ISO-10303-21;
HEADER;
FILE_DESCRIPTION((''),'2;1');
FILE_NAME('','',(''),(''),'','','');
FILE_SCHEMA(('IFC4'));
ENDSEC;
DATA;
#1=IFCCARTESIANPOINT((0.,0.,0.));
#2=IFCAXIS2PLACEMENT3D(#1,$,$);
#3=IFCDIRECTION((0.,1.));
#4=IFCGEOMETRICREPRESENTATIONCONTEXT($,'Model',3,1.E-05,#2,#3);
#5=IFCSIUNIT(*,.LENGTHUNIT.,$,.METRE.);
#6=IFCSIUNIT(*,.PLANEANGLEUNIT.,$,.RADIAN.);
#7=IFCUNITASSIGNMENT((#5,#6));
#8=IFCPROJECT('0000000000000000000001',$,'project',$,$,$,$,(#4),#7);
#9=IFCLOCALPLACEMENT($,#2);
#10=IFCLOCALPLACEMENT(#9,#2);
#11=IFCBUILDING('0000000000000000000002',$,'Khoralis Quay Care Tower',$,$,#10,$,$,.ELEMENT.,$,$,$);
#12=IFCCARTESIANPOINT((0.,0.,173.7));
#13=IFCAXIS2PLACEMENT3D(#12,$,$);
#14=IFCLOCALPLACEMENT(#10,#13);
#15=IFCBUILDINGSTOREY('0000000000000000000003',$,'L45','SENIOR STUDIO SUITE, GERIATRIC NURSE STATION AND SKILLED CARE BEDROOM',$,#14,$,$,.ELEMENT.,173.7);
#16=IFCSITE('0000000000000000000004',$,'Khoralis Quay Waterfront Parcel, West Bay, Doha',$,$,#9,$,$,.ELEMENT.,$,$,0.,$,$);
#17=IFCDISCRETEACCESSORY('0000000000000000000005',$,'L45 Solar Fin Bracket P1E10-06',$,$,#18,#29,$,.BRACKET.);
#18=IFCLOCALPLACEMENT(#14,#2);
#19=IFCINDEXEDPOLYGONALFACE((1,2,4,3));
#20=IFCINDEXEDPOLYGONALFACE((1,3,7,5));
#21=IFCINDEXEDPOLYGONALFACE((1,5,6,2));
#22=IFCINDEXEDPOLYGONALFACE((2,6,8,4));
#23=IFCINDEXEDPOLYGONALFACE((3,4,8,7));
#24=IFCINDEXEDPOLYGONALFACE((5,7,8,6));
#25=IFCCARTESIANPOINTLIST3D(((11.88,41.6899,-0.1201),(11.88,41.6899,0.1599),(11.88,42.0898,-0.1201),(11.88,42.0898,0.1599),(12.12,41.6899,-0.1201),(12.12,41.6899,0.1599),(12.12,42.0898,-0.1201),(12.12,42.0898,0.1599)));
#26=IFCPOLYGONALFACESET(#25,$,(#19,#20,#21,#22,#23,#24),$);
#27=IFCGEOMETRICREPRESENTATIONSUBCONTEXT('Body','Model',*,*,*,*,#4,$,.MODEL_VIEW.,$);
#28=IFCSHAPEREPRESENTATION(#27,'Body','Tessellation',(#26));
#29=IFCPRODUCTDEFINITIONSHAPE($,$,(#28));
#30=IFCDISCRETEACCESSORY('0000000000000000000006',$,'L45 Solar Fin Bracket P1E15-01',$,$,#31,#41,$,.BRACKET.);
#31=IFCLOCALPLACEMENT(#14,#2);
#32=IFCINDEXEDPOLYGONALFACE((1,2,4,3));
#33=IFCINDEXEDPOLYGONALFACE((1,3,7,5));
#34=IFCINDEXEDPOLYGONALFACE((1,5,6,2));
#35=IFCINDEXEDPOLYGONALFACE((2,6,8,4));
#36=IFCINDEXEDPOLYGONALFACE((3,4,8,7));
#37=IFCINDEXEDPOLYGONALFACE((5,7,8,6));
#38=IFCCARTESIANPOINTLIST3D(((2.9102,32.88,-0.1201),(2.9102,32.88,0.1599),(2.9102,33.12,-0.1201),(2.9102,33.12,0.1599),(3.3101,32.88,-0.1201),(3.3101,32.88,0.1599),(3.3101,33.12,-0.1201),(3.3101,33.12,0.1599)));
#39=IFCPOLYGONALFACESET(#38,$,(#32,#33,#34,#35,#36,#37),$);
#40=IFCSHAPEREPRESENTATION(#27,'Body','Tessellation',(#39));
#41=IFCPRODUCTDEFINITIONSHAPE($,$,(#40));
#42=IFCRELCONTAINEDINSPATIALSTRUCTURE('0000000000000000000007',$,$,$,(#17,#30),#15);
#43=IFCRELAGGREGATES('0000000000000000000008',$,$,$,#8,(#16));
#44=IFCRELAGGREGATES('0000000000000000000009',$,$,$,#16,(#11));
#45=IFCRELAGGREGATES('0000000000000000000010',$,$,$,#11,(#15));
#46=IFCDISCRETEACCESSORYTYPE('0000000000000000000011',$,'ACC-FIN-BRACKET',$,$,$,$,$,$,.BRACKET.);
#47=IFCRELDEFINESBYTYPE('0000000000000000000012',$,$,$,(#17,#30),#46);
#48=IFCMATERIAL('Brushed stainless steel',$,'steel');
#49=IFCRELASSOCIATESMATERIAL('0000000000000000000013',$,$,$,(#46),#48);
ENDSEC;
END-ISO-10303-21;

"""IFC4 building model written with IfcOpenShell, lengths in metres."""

from ifc_helpers import new_model, si_unit, direction, frame, origin, origin_2d, place, context, subcontext, project, spatial, rectangle, extrude, source, transform, mapped, material, type_object, element, save


model = new_model("IFC4")

# Units and contexts
model_context = context("Model", 3, precision=1e-05, world=origin(), true_north=direction((0.0, 1.0)))
body_context = subcontext(model_context, "Body", "Model", "MODEL_VIEW")
ifc_project = project(units=[si_unit("LENGTHUNIT", "METRE"), si_unit("PLANEANGLEUNIT", "RADIAN")], contexts=[model_context])

# Site, building, storey
site_placement = place(None, origin())
site = spatial("IfcSite", under=ifc_project, at=site_placement, Name="Khoralis Quay Waterfront Parcel, West Bay, Doha", CompositionType="ELEMENT", RefElevation=0.0)
building_placement = place(site_placement, origin())
building = spatial("IfcBuilding", under=site, at=building_placement, Name="Khoralis Quay Care Tower", CompositionType="ELEMENT")
storey_placement = place(building_placement, frame((0.0, 0.0, 173.7)))
storey = spatial("IfcBuildingStorey", under=building, at=storey_placement, Name="L45", Description="SENIOR STUDIO SUITE, GERIATRIC NURSE STATION AND SKILLED CARE BEDROOM", CompositionType="ELEMENT", Elevation=173.7)

# Discrete accessories
ifc_material_1 = material(Name="Brushed stainless steel", Category="steel")
discrete_accessory_type = type_object("IfcDiscreteAccessoryType", Name="ACC-FIN-BRACKET", PredefinedType="BRACKET", material=ifc_material_1)
shared_shape_1 = source(origin(), body_context, "Body", "SweptSolid", [
    extrude(rectangle(XDim=0.3999, YDim=0.24, at=origin_2d()), origin(), (0.0, 0.0, 1.0), 0.28),
])
for number, where, z_axis, x_axis, name in (
    (1, (12.0, 41.8899, -0.1201), (0.0, 0.0, 1.0), (0.0, 1.0, 0.0), "L45 Solar Fin Bracket P1E10-06"),
    (2, (3.1101, 33.0, -0.1201), (0.0, 0.0, 1.0), (-1.0, 0.0, 0.0), "L45 Solar Fin Bracket P1E15-01"),
):
    element("IfcDiscreteAccessory", number, at=place(storey_placement, frame(where, z_axis=z_axis, x_axis=x_axis)), inside=storey, type_object=discrete_accessory_type, Name=name, PredefinedType="BRACKET", context=body_context, shape_type="MappedRepresentation", body=[
        mapped(shared_shape_1, transform((0.0, 0.0, 0.0), scale=1.0)),
    ])

save(model, "model.ifc")
